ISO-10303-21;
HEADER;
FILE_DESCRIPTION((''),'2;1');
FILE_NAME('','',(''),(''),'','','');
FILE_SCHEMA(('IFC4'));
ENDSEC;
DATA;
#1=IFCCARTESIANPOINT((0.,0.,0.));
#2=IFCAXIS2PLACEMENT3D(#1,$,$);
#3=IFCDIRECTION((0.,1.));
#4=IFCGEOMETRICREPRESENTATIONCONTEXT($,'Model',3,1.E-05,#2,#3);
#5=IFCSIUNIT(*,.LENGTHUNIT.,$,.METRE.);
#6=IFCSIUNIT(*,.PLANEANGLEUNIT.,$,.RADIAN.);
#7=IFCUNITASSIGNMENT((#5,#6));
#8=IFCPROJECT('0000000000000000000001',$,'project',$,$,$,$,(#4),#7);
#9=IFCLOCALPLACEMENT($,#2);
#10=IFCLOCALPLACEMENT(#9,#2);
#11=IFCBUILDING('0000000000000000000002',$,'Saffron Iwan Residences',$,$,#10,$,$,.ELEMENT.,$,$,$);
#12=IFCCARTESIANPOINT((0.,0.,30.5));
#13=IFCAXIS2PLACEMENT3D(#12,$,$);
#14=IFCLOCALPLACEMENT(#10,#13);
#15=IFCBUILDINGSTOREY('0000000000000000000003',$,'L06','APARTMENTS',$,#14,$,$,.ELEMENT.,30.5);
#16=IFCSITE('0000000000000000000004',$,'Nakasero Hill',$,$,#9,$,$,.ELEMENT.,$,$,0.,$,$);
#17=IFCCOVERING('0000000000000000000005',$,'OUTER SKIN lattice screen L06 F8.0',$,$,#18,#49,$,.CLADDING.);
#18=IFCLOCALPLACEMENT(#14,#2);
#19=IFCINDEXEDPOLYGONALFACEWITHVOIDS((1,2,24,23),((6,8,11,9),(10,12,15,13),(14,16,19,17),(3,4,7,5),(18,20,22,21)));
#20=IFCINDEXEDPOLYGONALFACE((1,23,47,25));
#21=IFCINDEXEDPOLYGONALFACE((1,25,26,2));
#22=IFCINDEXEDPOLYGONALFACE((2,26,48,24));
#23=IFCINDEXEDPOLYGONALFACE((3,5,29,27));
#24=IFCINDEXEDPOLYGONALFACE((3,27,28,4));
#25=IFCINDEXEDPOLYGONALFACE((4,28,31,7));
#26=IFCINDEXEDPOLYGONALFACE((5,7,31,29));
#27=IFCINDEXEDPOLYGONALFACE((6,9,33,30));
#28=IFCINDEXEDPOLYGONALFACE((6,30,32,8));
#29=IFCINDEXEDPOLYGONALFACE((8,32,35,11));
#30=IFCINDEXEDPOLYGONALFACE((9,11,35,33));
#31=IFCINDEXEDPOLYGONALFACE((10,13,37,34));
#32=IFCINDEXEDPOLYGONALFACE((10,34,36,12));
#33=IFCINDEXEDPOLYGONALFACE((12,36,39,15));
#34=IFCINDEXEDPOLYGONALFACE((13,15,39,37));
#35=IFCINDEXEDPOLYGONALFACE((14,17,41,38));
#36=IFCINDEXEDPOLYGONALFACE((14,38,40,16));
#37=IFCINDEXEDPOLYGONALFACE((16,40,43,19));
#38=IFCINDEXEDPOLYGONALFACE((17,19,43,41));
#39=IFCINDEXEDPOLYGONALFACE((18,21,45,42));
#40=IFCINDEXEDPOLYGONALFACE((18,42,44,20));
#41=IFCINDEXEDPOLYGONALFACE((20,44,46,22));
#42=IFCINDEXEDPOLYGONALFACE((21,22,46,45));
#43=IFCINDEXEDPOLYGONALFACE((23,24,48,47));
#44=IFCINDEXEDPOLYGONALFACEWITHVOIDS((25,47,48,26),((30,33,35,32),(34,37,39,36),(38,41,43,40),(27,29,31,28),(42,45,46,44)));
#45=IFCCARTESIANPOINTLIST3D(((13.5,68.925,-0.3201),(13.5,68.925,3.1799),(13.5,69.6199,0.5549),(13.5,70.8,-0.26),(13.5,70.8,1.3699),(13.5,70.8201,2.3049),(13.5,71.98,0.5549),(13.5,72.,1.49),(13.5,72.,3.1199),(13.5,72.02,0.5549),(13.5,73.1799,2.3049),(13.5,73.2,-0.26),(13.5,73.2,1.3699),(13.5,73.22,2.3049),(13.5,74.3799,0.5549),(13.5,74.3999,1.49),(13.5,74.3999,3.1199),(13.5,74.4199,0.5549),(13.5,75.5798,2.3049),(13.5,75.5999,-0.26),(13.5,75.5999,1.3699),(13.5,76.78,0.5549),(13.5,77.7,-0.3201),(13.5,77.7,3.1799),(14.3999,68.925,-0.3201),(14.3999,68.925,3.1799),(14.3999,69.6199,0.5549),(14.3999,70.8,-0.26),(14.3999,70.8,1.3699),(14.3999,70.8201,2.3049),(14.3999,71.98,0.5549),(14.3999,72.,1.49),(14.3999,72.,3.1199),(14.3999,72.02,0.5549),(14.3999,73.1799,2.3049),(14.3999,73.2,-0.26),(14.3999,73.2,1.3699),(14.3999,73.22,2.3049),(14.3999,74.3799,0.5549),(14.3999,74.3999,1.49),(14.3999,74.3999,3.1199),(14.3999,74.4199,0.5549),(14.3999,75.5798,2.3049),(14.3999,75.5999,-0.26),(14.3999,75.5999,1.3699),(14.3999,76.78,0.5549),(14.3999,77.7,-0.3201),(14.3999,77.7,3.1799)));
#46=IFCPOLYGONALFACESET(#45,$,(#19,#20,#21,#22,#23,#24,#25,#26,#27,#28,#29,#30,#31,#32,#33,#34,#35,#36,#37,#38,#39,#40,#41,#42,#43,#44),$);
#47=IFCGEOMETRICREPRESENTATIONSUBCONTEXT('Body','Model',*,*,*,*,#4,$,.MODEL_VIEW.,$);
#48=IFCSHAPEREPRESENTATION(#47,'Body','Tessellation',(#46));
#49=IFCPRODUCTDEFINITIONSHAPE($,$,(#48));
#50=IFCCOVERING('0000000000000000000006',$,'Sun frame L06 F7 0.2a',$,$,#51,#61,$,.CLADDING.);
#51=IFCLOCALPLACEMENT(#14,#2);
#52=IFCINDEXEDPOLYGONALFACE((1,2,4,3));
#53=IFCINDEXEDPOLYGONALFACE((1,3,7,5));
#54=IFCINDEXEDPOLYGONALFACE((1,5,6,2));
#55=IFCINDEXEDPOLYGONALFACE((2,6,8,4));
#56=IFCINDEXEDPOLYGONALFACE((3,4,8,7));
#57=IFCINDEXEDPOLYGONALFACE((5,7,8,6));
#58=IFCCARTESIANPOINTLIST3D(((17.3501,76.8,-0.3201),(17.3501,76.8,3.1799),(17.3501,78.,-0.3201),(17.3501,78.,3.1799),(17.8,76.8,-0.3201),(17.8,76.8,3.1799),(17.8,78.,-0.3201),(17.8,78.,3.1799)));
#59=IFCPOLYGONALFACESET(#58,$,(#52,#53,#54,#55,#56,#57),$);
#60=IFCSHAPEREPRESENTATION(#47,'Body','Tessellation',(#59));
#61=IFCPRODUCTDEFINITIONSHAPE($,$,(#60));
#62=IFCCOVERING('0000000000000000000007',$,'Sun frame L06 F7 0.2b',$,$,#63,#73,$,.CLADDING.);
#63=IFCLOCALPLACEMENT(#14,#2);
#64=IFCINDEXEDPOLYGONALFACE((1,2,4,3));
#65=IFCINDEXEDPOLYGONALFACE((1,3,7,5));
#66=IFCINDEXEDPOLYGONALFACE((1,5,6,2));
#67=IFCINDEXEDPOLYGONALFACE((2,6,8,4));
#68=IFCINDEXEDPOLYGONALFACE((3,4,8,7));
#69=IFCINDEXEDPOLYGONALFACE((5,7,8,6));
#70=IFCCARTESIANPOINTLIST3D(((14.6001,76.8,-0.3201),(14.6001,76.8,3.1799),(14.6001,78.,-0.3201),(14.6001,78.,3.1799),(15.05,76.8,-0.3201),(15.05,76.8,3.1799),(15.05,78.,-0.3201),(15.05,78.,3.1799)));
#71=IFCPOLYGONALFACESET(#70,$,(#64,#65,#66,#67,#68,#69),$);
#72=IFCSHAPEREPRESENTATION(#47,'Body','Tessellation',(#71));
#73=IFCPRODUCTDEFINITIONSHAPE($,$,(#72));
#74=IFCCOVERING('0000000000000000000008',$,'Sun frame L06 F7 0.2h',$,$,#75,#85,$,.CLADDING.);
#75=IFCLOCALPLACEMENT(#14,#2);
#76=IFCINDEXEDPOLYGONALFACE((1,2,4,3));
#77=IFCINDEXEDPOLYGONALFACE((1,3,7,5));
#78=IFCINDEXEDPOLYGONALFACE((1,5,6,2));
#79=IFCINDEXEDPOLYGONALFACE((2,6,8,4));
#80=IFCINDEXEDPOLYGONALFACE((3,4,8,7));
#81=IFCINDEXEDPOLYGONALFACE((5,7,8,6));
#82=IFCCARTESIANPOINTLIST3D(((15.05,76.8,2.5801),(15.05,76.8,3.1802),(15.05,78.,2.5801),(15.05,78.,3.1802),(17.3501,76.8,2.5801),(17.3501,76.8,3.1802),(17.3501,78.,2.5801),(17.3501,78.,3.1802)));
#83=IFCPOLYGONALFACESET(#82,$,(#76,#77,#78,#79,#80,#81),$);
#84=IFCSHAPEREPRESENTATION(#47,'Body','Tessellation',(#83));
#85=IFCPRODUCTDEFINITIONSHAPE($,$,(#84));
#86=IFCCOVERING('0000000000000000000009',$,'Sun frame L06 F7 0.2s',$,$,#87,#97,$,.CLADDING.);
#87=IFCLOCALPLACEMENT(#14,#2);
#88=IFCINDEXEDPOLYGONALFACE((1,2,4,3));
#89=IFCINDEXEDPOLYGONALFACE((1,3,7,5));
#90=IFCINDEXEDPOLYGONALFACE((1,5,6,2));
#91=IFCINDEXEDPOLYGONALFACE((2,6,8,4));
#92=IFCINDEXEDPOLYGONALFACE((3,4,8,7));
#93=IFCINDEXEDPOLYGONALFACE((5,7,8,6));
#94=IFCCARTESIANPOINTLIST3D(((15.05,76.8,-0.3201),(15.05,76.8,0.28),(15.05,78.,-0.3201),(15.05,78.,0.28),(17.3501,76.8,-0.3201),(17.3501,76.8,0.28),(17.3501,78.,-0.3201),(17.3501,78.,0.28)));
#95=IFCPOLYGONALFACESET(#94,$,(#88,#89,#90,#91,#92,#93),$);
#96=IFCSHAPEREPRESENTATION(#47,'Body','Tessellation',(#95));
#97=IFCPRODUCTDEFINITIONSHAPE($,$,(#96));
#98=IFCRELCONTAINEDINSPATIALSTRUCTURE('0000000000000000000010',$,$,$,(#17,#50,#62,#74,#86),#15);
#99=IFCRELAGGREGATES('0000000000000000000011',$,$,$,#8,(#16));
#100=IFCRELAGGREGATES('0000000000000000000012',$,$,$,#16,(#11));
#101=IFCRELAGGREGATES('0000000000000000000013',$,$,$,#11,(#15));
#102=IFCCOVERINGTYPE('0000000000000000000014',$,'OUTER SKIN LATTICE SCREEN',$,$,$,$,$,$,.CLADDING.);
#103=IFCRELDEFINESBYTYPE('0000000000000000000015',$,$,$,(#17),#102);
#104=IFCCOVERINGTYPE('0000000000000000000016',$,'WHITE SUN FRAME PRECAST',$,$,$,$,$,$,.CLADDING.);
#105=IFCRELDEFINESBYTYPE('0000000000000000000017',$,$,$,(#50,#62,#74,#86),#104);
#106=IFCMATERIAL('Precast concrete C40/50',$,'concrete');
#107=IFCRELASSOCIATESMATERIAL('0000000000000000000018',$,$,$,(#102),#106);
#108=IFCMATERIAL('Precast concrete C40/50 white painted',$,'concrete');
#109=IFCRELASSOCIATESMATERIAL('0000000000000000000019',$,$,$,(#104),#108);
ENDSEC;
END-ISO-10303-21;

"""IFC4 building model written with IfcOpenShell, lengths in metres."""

from ifc_helpers import new_model, si_unit, direction, frame, origin, place, context, subcontext, project, spatial, polyline, outline, extrude, material, type_object, element, save


model = new_model("IFC4")

# Units and contexts
model_context = context("Model", 3, precision=1e-05, world=origin(), true_north=direction((0.0, 1.0)))
body_context = subcontext(model_context, "Body", "Model", "MODEL_VIEW")
ifc_project = project(units=[si_unit("LENGTHUNIT", "METRE"), si_unit("PLANEANGLEUNIT", "RADIAN")], contexts=[model_context])

# Site, building, storey
site_placement = place(None, origin())
site = spatial("IfcSite", under=ifc_project, at=site_placement, Name="Nakasero Hill", CompositionType="ELEMENT", RefElevation=0.0)
building_placement = place(site_placement, origin())
building = spatial("IfcBuilding", under=site, at=building_placement, Name="Saffron Iwan Residences", CompositionType="ELEMENT")
storey_placement = place(building_placement, frame((0.0, 0.0, 30.5)))
storey = spatial("IfcBuildingStorey", under=building, at=storey_placement, Name="L06", Description="APARTMENTS", CompositionType="ELEMENT", Elevation=30.5)

# Coverings
ifc_material_1 = material(Name="Precast concrete C40/50", Category="concrete")
covering_type_1 = type_object("IfcCoveringType", Name="OUTER SKIN LATTICE SCREEN", PredefinedType="CLADDING", material=ifc_material_1)
covering_1_placement = place(storey_placement, frame((14.3999, 77.7, -0.3201), z_axis=(-1.0, 0.0, 0.0), x_axis=(0.0, -1.0, 0.0)))
element("IfcCovering", 1, at=covering_1_placement, inside=storey, type_object=covering_type_1, Name="OUTER SKIN lattice screen L06 F8.0", PredefinedType="CLADDING", context=body_context, shape_type="SweptSolid", body=[
    extrude(outline(polyline([(0.0, 0.0), (8.7749, 0.0), (8.7749, 3.5), (0.0, 3.5), (0.0, 0.0)]), holes=[polyline([(0.9199, 0.875), (2.1001, 0.0601), (3.28, 0.875), (2.1001, 1.6899), (0.9199, 0.875)]), polyline([(3.3201, 0.875), (4.5, 0.0601), (5.6799, 0.875), (4.5, 1.6899), (3.3201, 0.875)]), polyline([(5.72, 0.875), (6.8999, 0.0601), (8.0801, 0.875), (6.8999, 1.6899), (5.72, 0.875)]), polyline([(2.1201, 2.625), (3.3, 1.8101), (4.48, 2.625), (3.3, 3.4399), (2.1201, 2.625)]), polyline([(4.52, 2.625), (5.7, 1.8101), (6.8799, 2.625), (5.7, 3.4399), (4.52, 2.625)])]), origin(), (0.0, 0.0, 1.0), 0.8999),
])
ifc_material_2 = material(Name="Precast concrete C40/50 white painted", Category="concrete")
covering_type_2 = type_object("IfcCoveringType", Name="WHITE SUN FRAME PRECAST", PredefinedType="CLADDING", material=ifc_material_2)
for number, where, z_axis, x_axis, name in (
    (2, (17.8, 76.8, -0.3201), (0.0, 1.0, 0.0), (-1.0, 0.0, 0.0), "Sun frame L06 F7 0.2a"),
    (3, (15.05, 76.8, -0.3201), (0.0, 1.0, 0.0), (-1.0, 0.0, 0.0), "Sun frame L06 F7 0.2b"),
):
    element("IfcCovering", number, at=place(storey_placement, frame(where, z_axis=z_axis, x_axis=x_axis)), inside=storey, type_object=covering_type_2, Name=name, PredefinedType="CLADDING", context=body_context, shape_type="SweptSolid", body=[
        extrude(outline(polyline([(0.0, 0.0), (0.45, 0.0), (0.45, 3.5), (0.0, 3.5), (0.0, 0.0)])), origin(), (0.0, 0.0, 1.0), 1.2),
    ])
for number, where, z_axis, x_axis, name in (
    (4, (17.3501, 76.8, 2.5801), (0.0, 1.0, 0.0), (-1.0, 0.0, 0.0), "Sun frame L06 F7 0.2h"),
    (5, (17.3501, 76.8, -0.3201), (0.0, 1.0, 0.0), (-1.0, 0.0, 0.0), "Sun frame L06 F7 0.2s"),
):
    element("IfcCovering", number, at=place(storey_placement, frame(where, z_axis=z_axis, x_axis=x_axis)), inside=storey, type_object=covering_type_2, Name=name, PredefinedType="CLADDING", context=body_context, shape_type="SweptSolid", body=[
        extrude(outline(polyline([(0.0, 0.0), (2.3, 0.0), (2.3, 0.6001), (0.0, 0.6001), (0.0, 0.0)])), origin(), (0.0, 0.0, 1.0), 1.2),
    ])

save(model, "model.ifc")
